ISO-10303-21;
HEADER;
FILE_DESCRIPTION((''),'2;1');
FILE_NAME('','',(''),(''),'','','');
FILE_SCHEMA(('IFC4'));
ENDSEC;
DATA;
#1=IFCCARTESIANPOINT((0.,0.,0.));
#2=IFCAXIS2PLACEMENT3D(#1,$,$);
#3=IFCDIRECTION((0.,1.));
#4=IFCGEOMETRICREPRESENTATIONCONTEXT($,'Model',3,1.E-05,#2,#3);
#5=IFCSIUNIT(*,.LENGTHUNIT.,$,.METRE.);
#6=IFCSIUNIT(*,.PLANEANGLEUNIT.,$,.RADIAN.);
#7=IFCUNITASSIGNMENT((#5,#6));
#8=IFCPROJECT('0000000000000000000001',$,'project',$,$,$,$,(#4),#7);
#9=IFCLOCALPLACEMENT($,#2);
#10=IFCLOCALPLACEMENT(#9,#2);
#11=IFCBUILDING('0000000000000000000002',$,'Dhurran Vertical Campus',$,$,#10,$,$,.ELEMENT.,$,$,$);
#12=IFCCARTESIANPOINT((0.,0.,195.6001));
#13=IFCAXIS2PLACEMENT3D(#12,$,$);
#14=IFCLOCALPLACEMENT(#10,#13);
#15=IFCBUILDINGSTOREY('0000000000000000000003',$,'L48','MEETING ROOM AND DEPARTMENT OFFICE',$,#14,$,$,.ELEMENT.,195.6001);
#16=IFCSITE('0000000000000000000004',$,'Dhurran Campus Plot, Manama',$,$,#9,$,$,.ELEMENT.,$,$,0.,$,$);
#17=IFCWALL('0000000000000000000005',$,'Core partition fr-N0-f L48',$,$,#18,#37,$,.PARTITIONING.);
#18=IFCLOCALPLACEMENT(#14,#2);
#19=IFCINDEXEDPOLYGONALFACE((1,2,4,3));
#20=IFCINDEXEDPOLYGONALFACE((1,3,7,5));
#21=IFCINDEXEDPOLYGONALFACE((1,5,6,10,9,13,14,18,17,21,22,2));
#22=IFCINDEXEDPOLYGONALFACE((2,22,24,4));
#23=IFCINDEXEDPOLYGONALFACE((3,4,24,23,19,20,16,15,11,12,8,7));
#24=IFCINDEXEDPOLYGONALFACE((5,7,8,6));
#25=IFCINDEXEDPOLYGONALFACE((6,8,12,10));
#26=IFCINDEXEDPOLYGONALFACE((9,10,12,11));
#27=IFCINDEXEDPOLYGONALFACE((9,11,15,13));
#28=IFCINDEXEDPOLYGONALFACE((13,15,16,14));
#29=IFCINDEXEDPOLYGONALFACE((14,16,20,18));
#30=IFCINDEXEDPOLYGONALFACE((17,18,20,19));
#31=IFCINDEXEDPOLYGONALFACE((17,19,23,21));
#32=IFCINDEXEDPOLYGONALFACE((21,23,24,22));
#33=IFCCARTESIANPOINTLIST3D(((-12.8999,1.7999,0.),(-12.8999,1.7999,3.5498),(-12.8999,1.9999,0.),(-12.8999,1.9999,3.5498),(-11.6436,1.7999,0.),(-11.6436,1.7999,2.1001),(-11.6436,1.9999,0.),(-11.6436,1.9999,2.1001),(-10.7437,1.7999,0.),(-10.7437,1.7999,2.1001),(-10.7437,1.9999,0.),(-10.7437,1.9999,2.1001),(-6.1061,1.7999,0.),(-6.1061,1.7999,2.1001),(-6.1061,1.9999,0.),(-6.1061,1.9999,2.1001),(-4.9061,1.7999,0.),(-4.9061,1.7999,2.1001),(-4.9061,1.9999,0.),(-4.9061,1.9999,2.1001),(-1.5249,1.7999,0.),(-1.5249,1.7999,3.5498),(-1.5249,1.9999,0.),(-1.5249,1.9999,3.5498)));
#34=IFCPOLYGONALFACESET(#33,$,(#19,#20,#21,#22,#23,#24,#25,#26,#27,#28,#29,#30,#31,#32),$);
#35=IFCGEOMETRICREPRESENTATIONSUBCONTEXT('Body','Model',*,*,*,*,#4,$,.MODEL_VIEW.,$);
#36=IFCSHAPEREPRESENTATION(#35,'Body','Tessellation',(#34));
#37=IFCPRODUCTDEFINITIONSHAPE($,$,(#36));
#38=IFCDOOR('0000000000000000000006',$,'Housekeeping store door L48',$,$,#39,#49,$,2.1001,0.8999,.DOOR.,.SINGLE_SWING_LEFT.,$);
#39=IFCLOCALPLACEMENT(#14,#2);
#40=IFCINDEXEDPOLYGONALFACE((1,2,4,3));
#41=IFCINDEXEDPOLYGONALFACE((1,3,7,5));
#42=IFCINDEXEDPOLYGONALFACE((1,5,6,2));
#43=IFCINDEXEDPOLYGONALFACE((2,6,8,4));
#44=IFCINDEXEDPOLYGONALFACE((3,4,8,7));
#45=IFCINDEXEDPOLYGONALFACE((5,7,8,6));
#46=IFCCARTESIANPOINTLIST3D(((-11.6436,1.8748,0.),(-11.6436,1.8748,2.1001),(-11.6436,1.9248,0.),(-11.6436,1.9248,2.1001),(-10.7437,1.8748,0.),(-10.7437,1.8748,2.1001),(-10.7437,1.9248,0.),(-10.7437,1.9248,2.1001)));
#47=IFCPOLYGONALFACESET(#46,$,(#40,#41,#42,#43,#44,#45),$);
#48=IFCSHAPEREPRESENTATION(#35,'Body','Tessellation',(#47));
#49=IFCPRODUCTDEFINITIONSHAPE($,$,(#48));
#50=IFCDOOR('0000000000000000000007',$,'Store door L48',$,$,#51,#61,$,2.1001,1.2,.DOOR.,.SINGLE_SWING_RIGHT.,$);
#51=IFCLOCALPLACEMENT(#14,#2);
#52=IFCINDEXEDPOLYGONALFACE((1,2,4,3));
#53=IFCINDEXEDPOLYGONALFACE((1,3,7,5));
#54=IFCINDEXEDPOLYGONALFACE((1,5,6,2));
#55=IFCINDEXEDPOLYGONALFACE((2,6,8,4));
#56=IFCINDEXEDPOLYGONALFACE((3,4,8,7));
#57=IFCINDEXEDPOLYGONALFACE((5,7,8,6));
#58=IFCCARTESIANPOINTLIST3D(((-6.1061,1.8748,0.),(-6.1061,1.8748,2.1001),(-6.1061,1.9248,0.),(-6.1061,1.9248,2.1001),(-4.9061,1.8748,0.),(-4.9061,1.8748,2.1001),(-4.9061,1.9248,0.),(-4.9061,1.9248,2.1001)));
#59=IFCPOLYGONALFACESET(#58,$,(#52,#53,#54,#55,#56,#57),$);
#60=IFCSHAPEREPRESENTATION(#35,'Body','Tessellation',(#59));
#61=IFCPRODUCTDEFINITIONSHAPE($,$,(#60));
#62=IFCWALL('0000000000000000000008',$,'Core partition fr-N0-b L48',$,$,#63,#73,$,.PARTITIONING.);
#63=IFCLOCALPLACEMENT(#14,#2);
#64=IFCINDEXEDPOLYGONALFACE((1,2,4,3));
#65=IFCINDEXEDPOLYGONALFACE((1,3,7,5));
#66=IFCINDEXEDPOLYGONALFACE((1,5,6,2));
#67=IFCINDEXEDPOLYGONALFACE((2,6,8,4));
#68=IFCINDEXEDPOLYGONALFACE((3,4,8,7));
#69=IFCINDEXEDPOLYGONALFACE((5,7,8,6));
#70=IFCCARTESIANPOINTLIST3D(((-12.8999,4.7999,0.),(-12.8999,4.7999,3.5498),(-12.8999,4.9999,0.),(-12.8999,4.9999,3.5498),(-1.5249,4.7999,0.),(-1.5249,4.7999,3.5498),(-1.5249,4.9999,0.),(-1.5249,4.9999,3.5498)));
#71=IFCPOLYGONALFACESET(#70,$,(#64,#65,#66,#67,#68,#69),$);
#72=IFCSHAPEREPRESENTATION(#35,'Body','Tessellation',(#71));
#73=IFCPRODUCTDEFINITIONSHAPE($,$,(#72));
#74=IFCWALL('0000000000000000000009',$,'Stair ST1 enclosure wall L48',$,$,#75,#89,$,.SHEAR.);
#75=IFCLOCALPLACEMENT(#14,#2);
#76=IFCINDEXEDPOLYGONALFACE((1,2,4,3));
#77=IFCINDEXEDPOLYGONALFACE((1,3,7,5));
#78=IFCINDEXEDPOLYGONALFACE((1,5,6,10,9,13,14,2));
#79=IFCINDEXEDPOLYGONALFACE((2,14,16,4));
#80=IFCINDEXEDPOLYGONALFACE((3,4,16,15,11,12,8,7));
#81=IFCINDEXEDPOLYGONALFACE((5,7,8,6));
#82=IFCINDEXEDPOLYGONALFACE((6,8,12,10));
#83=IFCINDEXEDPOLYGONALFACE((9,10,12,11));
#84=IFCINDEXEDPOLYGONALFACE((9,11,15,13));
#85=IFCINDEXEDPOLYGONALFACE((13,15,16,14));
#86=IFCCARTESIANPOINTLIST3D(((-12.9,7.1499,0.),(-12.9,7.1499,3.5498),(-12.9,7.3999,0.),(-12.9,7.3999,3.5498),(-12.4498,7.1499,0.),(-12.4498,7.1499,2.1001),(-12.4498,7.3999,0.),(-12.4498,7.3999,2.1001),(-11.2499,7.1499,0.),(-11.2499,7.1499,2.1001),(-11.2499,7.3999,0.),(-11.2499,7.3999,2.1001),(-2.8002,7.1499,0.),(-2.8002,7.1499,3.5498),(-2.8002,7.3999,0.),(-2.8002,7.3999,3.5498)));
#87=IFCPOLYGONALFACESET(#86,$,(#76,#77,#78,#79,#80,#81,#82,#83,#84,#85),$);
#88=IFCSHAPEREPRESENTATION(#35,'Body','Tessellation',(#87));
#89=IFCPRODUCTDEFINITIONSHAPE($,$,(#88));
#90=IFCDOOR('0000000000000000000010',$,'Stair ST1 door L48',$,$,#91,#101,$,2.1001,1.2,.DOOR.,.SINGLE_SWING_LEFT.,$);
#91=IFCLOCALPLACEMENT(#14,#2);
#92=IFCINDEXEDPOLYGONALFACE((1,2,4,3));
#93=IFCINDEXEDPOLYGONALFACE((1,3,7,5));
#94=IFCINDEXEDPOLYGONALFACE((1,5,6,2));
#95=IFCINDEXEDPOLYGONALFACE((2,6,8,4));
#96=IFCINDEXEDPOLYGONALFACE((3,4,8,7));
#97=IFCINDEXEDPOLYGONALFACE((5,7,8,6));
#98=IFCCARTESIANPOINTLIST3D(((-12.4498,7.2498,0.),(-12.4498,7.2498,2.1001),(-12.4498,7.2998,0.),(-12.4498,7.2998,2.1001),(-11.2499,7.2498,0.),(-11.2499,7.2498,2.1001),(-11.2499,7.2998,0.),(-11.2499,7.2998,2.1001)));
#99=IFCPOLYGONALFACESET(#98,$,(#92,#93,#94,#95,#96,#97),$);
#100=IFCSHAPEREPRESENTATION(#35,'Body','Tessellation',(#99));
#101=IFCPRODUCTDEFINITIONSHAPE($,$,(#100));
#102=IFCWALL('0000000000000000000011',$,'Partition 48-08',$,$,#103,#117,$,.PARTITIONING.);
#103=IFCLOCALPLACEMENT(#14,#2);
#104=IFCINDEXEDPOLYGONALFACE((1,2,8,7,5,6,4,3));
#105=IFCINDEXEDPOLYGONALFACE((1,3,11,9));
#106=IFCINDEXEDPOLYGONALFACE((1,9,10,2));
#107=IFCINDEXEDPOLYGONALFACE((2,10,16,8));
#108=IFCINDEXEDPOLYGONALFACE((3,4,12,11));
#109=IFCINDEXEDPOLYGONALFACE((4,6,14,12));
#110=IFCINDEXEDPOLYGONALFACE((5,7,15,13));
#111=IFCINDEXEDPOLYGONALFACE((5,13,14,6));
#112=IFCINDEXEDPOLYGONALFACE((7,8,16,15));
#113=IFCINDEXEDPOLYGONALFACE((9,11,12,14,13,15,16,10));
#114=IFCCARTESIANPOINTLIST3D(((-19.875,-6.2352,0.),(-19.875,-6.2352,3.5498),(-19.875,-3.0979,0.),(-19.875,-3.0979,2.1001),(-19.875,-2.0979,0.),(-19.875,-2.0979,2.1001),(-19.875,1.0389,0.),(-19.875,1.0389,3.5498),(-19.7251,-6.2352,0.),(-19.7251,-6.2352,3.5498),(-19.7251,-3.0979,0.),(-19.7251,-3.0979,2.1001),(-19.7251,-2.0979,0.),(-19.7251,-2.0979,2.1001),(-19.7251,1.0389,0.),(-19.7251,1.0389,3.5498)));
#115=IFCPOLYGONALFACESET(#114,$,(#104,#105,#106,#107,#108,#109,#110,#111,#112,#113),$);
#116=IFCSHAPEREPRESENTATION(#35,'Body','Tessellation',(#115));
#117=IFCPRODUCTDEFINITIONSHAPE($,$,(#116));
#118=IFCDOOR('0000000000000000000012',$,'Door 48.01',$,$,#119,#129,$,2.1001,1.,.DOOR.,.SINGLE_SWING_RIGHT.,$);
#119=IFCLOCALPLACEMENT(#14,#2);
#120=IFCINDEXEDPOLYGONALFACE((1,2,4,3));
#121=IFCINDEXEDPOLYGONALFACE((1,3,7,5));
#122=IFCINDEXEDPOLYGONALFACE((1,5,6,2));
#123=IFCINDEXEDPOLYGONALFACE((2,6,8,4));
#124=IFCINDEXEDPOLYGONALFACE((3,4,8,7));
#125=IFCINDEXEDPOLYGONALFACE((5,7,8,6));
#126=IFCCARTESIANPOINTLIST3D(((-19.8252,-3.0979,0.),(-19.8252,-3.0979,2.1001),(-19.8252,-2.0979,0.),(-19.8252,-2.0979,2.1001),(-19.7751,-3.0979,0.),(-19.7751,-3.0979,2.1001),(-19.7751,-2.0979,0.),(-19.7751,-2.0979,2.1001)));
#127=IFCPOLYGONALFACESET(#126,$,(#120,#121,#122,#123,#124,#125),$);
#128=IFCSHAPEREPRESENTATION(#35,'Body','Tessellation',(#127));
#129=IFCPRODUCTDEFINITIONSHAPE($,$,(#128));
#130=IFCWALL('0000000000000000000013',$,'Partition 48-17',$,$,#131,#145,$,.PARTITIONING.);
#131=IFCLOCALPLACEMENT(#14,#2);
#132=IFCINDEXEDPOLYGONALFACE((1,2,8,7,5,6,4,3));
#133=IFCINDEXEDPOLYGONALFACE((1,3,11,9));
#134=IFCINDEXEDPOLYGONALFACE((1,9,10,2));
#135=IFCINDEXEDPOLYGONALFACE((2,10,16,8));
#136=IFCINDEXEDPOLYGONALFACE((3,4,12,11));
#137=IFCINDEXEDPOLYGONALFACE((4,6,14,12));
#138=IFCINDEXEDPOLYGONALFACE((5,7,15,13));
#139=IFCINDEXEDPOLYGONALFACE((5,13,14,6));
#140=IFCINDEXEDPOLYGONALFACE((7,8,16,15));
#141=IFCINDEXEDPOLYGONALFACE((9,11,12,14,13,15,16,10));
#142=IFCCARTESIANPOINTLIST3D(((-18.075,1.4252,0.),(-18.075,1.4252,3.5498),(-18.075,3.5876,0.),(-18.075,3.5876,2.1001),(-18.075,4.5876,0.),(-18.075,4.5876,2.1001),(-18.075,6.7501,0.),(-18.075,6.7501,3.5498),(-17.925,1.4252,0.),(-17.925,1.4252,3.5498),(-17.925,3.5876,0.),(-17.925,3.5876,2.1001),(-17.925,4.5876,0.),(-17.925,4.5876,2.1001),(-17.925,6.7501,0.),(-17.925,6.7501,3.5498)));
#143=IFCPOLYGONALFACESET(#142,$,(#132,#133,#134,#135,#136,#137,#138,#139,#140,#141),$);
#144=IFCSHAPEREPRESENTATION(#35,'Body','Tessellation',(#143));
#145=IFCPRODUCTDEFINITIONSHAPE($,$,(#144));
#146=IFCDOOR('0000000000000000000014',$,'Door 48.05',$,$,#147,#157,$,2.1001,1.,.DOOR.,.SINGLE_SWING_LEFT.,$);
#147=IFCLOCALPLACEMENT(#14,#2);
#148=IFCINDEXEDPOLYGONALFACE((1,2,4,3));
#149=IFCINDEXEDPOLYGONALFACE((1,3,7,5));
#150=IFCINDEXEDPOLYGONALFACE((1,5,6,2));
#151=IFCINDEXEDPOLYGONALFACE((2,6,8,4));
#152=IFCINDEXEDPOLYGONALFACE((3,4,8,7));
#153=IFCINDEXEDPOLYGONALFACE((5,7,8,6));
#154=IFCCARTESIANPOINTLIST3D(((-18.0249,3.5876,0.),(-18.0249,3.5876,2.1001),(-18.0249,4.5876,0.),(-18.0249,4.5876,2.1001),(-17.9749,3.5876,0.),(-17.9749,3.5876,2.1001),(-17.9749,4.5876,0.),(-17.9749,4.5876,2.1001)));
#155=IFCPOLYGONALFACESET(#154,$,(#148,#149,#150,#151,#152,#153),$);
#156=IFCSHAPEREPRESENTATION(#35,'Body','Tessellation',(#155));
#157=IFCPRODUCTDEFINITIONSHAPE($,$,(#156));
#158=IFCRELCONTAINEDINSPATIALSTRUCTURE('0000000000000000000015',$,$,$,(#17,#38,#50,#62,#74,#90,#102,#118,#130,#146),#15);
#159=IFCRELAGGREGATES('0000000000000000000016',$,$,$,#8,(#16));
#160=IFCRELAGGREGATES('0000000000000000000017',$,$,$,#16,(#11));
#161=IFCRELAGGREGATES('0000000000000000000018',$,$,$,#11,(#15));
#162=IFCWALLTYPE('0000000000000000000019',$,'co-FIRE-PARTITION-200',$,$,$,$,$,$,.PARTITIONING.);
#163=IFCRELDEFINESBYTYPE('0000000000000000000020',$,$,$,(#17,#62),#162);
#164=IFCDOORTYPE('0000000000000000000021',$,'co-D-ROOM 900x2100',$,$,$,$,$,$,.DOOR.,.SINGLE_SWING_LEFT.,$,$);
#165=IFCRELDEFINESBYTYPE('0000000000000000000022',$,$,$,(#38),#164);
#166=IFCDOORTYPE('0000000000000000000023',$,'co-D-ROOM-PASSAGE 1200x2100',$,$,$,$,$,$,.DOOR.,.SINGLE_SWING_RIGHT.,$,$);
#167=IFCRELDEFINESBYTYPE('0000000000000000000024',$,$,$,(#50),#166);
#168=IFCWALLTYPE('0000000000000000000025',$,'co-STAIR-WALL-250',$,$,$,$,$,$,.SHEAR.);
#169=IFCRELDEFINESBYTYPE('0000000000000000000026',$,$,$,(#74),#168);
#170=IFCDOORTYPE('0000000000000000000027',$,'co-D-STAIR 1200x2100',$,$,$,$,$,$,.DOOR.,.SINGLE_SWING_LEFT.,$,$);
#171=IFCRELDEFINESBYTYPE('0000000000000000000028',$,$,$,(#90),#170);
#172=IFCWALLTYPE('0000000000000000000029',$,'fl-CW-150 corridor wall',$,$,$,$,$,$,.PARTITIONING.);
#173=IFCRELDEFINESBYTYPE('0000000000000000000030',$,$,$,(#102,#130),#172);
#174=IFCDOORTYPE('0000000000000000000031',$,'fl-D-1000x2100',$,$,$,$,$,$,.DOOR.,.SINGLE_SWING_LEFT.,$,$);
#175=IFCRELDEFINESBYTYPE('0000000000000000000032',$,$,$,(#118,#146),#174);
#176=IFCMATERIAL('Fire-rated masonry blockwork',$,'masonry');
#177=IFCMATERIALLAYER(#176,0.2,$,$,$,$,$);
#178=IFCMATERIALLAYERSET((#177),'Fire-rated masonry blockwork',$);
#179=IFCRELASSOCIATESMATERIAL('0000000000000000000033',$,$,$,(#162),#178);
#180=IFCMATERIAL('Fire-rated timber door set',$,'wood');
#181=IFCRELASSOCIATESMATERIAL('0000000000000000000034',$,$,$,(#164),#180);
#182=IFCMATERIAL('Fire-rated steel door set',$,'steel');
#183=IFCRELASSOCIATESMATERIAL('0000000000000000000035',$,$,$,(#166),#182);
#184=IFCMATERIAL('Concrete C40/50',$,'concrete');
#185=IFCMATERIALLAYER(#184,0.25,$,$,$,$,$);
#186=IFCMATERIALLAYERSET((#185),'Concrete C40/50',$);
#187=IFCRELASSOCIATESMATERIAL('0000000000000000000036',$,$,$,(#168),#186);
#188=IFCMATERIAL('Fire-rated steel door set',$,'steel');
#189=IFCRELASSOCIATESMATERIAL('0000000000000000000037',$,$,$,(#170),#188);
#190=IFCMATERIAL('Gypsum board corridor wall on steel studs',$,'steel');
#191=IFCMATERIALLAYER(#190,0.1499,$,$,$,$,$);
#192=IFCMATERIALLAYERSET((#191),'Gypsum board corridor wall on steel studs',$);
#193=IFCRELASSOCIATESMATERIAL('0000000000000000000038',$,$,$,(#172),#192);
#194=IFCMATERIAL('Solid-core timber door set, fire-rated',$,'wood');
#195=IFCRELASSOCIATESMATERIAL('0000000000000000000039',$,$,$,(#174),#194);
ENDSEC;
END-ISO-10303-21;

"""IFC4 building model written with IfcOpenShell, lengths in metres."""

from ifc_helpers import new_model, si_unit, direction, frame, frame_2d, origin, place, context, subcontext, project, spatial, rectangle, extrude, material, layer, layer_set, type_object, element, fill, save


model = new_model("IFC4")

# Units and contexts
model_context = context("Model", 3, precision=1e-05, world=origin(), true_north=direction((0.0, 1.0)))
body_context = subcontext(model_context, "Body", "Model", "MODEL_VIEW")
ifc_project = project(units=[si_unit("LENGTHUNIT", "METRE"), si_unit("PLANEANGLEUNIT", "RADIAN")], contexts=[model_context])

# Site, building, storey
site_placement = place(None, origin())
site = spatial("IfcSite", under=ifc_project, at=site_placement, Name="Dhurran Campus Plot, Manama", CompositionType="ELEMENT", RefElevation=0.0)
building_placement = place(site_placement, origin())
building = spatial("IfcBuilding", under=site, at=building_placement, Name="Dhurran Vertical Campus", CompositionType="ELEMENT")
storey_placement = place(building_placement, frame((0.0, 0.0, 195.6001)))
storey = spatial("IfcBuildingStorey", under=building, at=storey_placement, Name="L48", Description="MEETING ROOM AND DEPARTMENT OFFICE", CompositionType="ELEMENT", Elevation=195.6001)

# Wall, openings, doors
ifc_material_1 = material(Name="Fire-rated masonry blockwork", Category="masonry")
ifc_layer_1 = layer(ifc_material_1, 0.2)
ifc_layer_set_1 = layer_set([ifc_layer_1], Name="Fire-rated masonry blockwork")
wall_type_1 = type_object("IfcWallType", Name="co-FIRE-PARTITION-200", PredefinedType="PARTITIONING", material=ifc_layer_set_1)
wall_1_placement = place(storey_placement, frame((-12.8999, 1.8999, 0.0), z_axis=(0.0, 0.0, 1.0), x_axis=(1.0, 0.0, 0.0)))
wall_1 = element("IfcWall", 1, at=wall_1_placement, inside=storey, type_object=wall_type_1, Name="Core partition fr-N0-f L48", PredefinedType="PARTITIONING", context=body_context, shape_type="SweptSolid", body=[
    extrude(rectangle(XDim=11.375, YDim=0.2, at=frame_2d((5.6875, 0.0))), origin(), (0.0, 0.0, 1.0), 3.5498),
])
opening_1_placement = place(wall_1_placement, frame((1.2563, 0.0, 0.0)))
opening_1 = element("IfcOpeningElement", 2, at=opening_1_placement, cuts=wall_1, PredefinedType="OPENING", context=body_context, shape_type="SweptSolid", body=[
    extrude(rectangle(XDim=0.8999, YDim=2.1001, at=frame_2d((0.45, 1.05))), frame((0.0, 0.1099, 0.0), z_axis=(0.0, -1.0, 0.0), x_axis=(1.0, 0.0, 0.0)), (0.0, 0.0, 1.0), 0.22),
])
opening_2_placement = place(wall_1_placement, frame((6.7937, 0.0, 0.0)))
opening_2 = element("IfcOpeningElement", 3, at=opening_2_placement, cuts=wall_1, PredefinedType="OPENING", context=body_context, shape_type="SweptSolid", body=[
    extrude(rectangle(XDim=1.2, YDim=2.1001, at=frame_2d((0.6001, 1.05))), frame((0.0, 0.1099, 0.0), z_axis=(0.0, -1.0, 0.0), x_axis=(1.0, 0.0, 0.0)), (0.0, 0.0, 1.0), 0.22),
])
ifc_material_2 = material(Name="Fire-rated timber door set", Category="wood")
door_type_1 = type_object("IfcDoorType", Name="co-D-ROOM 900x2100", OperationType="SINGLE_SWING_LEFT", PredefinedType="DOOR", material=ifc_material_2)
door_1_placement = place(opening_1_placement, origin())
door_1 = element("IfcDoor", 4, at=door_1_placement, inside=storey, type_object=door_type_1, Name="Housekeeping store door L48", OperationType="SINGLE_SWING_LEFT", OverallHeight=2.1001, OverallWidth=0.8999, PredefinedType="DOOR", context=body_context, shape_type="SweptSolid", body=[
    extrude(rectangle(XDim=0.8999, YDim=2.1001, at=frame_2d((0.45, 1.05))), frame((0.0, 0.0249, 0.0), z_axis=(0.0, -1.0, 0.0), x_axis=(1.0, 0.0, 0.0)), (0.0, 0.0, 1.0), 0.05),
])
fill(opening_1, door_1)
ifc_material_3 = material(Name="Fire-rated steel door set", Category="steel")
door_type_2 = type_object("IfcDoorType", Name="co-D-ROOM-PASSAGE 1200x2100", OperationType="SINGLE_SWING_RIGHT", PredefinedType="DOOR", material=ifc_material_3)
door_2_placement = place(opening_2_placement, origin())
door_2 = element("IfcDoor", 5, at=door_2_placement, inside=storey, type_object=door_type_2, Name="Store door L48", OperationType="SINGLE_SWING_RIGHT", OverallHeight=2.1001, OverallWidth=1.2, PredefinedType="DOOR", context=body_context, shape_type="SweptSolid", body=[
    extrude(rectangle(XDim=1.2, YDim=2.1001, at=frame_2d((0.6001, 1.05))), frame((0.0, 0.0249, 0.0), z_axis=(0.0, -1.0, 0.0), x_axis=(1.0, 0.0, 0.0)), (0.0, 0.0, 1.0), 0.05),
])
fill(opening_2, door_2)

# Wall
wall_2_placement = place(storey_placement, frame((-12.8999, 4.8999, 0.0), z_axis=(0.0, 0.0, 1.0), x_axis=(1.0, 0.0, 0.0)))
element("IfcWall", 6, at=wall_2_placement, inside=storey, type_object=wall_type_1, Name="Core partition fr-N0-b L48", PredefinedType="PARTITIONING", context=body_context, shape_type="SweptSolid", body=[
    extrude(rectangle(XDim=11.375, YDim=0.2, at=frame_2d((5.6875, 0.0))), origin(), (0.0, 0.0, 1.0), 3.5498),
])

# Walls, openings, doors
ifc_material_4 = material(Name="Concrete C40/50", Category="concrete")
ifc_layer_2 = layer(ifc_material_4, 0.25)
ifc_layer_set_2 = layer_set([ifc_layer_2], Name="Concrete C40/50")
wall_type_2 = type_object("IfcWallType", Name="co-STAIR-WALL-250", PredefinedType="SHEAR", material=ifc_layer_set_2)
wall_3_placement = place(storey_placement, frame((-12.8999, 7.2749, 0.0), z_axis=(0.0, 0.0, 1.0), x_axis=(1.0, 0.0, 0.0)))
wall_3 = element("IfcWall", 7, at=wall_3_placement, inside=storey, type_object=wall_type_2, Name="Stair ST1 enclosure wall L48", PredefinedType="SHEAR", context=body_context, shape_type="SweptSolid", body=[
    extrude(rectangle(XDim=10.0999, YDim=0.25, at=frame_2d((5.0498, 0.0))), origin(), (0.0, 0.0, 1.0), 3.5498),
])
opening_3_placement = place(wall_3_placement, frame((0.45, 0.0, 0.0)))
opening_3 = element("IfcOpeningElement", 8, at=opening_3_placement, cuts=wall_3, PredefinedType="OPENING", context=body_context, shape_type="SweptSolid", body=[
    extrude(rectangle(XDim=1.2, YDim=2.1001, at=frame_2d((0.6001, 1.05))), frame((0.0, 0.135, 0.0), z_axis=(0.0, -1.0, 0.0), x_axis=(1.0, 0.0, 0.0)), (0.0, 0.0, 1.0), 0.27),
])
ifc_material_5 = material(Name="Fire-rated steel door set", Category="steel")
door_type_3 = type_object("IfcDoorType", Name="co-D-STAIR 1200x2100", OperationType="SINGLE_SWING_LEFT", PredefinedType="DOOR", material=ifc_material_5)
door_3_placement = place(opening_3_placement, origin())
door_3 = element("IfcDoor", 9, at=door_3_placement, inside=storey, type_object=door_type_3, Name="Stair ST1 door L48", OperationType="SINGLE_SWING_LEFT", OverallHeight=2.1001, OverallWidth=1.2, PredefinedType="DOOR", context=body_context, shape_type="SweptSolid", body=[
    extrude(rectangle(XDim=1.2, YDim=2.1001, at=frame_2d((0.6001, 1.05))), frame((0.0, 0.0249, 0.0), z_axis=(0.0, -1.0, 0.0), x_axis=(1.0, 0.0, 0.0)), (0.0, 0.0, 1.0), 0.05),
])
fill(opening_3, door_3)
ifc_material_6 = material(Name="Gypsum board corridor wall on steel studs", Category="steel")
ifc_layer_3 = layer(ifc_material_6, 0.1499)
ifc_layer_set_3 = layer_set([ifc_layer_3], Name="Gypsum board corridor wall on steel studs")
wall_type_3 = type_object("IfcWallType", Name="fl-CW-150 corridor wall", PredefinedType="PARTITIONING", material=ifc_layer_set_3)
wall_4_placement = place(storey_placement, frame((-19.8, 1.0391, 0.0), z_axis=(0.0, 0.0, 1.0), x_axis=(0.0, -1.0, 0.0)))
wall_4 = element("IfcWall", 10, at=wall_4_placement, inside=storey, type_object=wall_type_3, Name="Partition 48-08", PredefinedType="PARTITIONING", context=body_context, shape_type="SweptSolid", body=[
    extrude(rectangle(XDim=7.2742, YDim=0.1499, at=frame_2d((3.6372, 0.0))), origin(), (0.0, 0.0, 1.0), 3.5498),
])
opening_4_placement = place(wall_4_placement, frame((3.137, 0.0, 0.0)))
opening_4 = element("IfcOpeningElement", 11, at=opening_4_placement, cuts=wall_4, PredefinedType="OPENING", context=body_context, shape_type="SweptSolid", body=[
    extrude(rectangle(XDim=1.0, YDim=2.1001, at=frame_2d((0.5, 1.05))), frame((0.0, 0.085, 0.0), z_axis=(0.0, -1.0, 0.0), x_axis=(1.0, 0.0, 0.0)), (0.0, 0.0, 1.0), 0.1699),
])
ifc_material_7 = material(Name="Solid-core timber door set, fire-rated", Category="wood")
door_type_4 = type_object("IfcDoorType", Name="fl-D-1000x2100", OperationType="SINGLE_SWING_LEFT", PredefinedType="DOOR", material=ifc_material_7)
door_4_placement = place(opening_4_placement, origin())
door_4 = element("IfcDoor", 12, at=door_4_placement, inside=storey, type_object=door_type_4, Name="Door 48.01", OperationType="SINGLE_SWING_RIGHT", OverallHeight=2.1001, OverallWidth=1.0, PredefinedType="DOOR", context=body_context, shape_type="SweptSolid", body=[
    extrude(rectangle(XDim=1.0, YDim=2.1001, at=frame_2d((0.5, 1.05))), frame((0.0, 0.0249, 0.0), z_axis=(0.0, -1.0, 0.0), x_axis=(1.0, 0.0, 0.0)), (0.0, 0.0, 1.0), 0.05),
])
fill(opening_4, door_4)
wall_5_placement = place(storey_placement, frame((-18.0, 1.425, 0.0), z_axis=(0.0, 0.0, 1.0), x_axis=(0.0, 1.0, 0.0)))
wall_5 = element("IfcWall", 13, at=wall_5_placement, inside=storey, type_object=wall_type_3, Name="Partition 48-17", PredefinedType="PARTITIONING", context=body_context, shape_type="SweptSolid", body=[
    extrude(rectangle(XDim=5.325, YDim=0.1499, at=frame_2d((2.6626, 0.0))), origin(), (0.0, 0.0, 1.0), 3.5498),
])
opening_5_placement = place(wall_5_placement, frame((2.1626, 0.0, 0.0)))
opening_5 = element("IfcOpeningElement", 14, at=opening_5_placement, cuts=wall_5, PredefinedType="OPENING", context=body_context, shape_type="SweptSolid", body=[
    extrude(rectangle(XDim=1.0, YDim=2.1001, at=frame_2d((0.5, 1.05))), frame((0.0, 0.085, 0.0), z_axis=(0.0, -1.0, 0.0), x_axis=(1.0, 0.0, 0.0)), (0.0, 0.0, 1.0), 0.1699),
])
door_5_placement = place(opening_5_placement, origin())
door_5 = element("IfcDoor", 15, at=door_5_placement, inside=storey, type_object=door_type_4, Name="Door 48.05", OperationType="SINGLE_SWING_LEFT", OverallHeight=2.1001, OverallWidth=1.0, PredefinedType="DOOR", context=body_context, shape_type="SweptSolid", body=[
    extrude(rectangle(XDim=1.0, YDim=2.1001, at=frame_2d((0.5, 1.05))), frame((0.0, 0.0249, 0.0), z_axis=(0.0, -1.0, 0.0), x_axis=(1.0, 0.0, 0.0)), (0.0, 0.0, 1.0), 0.05),
])
fill(opening_5, door_5)

save(model, "model.ifc")
